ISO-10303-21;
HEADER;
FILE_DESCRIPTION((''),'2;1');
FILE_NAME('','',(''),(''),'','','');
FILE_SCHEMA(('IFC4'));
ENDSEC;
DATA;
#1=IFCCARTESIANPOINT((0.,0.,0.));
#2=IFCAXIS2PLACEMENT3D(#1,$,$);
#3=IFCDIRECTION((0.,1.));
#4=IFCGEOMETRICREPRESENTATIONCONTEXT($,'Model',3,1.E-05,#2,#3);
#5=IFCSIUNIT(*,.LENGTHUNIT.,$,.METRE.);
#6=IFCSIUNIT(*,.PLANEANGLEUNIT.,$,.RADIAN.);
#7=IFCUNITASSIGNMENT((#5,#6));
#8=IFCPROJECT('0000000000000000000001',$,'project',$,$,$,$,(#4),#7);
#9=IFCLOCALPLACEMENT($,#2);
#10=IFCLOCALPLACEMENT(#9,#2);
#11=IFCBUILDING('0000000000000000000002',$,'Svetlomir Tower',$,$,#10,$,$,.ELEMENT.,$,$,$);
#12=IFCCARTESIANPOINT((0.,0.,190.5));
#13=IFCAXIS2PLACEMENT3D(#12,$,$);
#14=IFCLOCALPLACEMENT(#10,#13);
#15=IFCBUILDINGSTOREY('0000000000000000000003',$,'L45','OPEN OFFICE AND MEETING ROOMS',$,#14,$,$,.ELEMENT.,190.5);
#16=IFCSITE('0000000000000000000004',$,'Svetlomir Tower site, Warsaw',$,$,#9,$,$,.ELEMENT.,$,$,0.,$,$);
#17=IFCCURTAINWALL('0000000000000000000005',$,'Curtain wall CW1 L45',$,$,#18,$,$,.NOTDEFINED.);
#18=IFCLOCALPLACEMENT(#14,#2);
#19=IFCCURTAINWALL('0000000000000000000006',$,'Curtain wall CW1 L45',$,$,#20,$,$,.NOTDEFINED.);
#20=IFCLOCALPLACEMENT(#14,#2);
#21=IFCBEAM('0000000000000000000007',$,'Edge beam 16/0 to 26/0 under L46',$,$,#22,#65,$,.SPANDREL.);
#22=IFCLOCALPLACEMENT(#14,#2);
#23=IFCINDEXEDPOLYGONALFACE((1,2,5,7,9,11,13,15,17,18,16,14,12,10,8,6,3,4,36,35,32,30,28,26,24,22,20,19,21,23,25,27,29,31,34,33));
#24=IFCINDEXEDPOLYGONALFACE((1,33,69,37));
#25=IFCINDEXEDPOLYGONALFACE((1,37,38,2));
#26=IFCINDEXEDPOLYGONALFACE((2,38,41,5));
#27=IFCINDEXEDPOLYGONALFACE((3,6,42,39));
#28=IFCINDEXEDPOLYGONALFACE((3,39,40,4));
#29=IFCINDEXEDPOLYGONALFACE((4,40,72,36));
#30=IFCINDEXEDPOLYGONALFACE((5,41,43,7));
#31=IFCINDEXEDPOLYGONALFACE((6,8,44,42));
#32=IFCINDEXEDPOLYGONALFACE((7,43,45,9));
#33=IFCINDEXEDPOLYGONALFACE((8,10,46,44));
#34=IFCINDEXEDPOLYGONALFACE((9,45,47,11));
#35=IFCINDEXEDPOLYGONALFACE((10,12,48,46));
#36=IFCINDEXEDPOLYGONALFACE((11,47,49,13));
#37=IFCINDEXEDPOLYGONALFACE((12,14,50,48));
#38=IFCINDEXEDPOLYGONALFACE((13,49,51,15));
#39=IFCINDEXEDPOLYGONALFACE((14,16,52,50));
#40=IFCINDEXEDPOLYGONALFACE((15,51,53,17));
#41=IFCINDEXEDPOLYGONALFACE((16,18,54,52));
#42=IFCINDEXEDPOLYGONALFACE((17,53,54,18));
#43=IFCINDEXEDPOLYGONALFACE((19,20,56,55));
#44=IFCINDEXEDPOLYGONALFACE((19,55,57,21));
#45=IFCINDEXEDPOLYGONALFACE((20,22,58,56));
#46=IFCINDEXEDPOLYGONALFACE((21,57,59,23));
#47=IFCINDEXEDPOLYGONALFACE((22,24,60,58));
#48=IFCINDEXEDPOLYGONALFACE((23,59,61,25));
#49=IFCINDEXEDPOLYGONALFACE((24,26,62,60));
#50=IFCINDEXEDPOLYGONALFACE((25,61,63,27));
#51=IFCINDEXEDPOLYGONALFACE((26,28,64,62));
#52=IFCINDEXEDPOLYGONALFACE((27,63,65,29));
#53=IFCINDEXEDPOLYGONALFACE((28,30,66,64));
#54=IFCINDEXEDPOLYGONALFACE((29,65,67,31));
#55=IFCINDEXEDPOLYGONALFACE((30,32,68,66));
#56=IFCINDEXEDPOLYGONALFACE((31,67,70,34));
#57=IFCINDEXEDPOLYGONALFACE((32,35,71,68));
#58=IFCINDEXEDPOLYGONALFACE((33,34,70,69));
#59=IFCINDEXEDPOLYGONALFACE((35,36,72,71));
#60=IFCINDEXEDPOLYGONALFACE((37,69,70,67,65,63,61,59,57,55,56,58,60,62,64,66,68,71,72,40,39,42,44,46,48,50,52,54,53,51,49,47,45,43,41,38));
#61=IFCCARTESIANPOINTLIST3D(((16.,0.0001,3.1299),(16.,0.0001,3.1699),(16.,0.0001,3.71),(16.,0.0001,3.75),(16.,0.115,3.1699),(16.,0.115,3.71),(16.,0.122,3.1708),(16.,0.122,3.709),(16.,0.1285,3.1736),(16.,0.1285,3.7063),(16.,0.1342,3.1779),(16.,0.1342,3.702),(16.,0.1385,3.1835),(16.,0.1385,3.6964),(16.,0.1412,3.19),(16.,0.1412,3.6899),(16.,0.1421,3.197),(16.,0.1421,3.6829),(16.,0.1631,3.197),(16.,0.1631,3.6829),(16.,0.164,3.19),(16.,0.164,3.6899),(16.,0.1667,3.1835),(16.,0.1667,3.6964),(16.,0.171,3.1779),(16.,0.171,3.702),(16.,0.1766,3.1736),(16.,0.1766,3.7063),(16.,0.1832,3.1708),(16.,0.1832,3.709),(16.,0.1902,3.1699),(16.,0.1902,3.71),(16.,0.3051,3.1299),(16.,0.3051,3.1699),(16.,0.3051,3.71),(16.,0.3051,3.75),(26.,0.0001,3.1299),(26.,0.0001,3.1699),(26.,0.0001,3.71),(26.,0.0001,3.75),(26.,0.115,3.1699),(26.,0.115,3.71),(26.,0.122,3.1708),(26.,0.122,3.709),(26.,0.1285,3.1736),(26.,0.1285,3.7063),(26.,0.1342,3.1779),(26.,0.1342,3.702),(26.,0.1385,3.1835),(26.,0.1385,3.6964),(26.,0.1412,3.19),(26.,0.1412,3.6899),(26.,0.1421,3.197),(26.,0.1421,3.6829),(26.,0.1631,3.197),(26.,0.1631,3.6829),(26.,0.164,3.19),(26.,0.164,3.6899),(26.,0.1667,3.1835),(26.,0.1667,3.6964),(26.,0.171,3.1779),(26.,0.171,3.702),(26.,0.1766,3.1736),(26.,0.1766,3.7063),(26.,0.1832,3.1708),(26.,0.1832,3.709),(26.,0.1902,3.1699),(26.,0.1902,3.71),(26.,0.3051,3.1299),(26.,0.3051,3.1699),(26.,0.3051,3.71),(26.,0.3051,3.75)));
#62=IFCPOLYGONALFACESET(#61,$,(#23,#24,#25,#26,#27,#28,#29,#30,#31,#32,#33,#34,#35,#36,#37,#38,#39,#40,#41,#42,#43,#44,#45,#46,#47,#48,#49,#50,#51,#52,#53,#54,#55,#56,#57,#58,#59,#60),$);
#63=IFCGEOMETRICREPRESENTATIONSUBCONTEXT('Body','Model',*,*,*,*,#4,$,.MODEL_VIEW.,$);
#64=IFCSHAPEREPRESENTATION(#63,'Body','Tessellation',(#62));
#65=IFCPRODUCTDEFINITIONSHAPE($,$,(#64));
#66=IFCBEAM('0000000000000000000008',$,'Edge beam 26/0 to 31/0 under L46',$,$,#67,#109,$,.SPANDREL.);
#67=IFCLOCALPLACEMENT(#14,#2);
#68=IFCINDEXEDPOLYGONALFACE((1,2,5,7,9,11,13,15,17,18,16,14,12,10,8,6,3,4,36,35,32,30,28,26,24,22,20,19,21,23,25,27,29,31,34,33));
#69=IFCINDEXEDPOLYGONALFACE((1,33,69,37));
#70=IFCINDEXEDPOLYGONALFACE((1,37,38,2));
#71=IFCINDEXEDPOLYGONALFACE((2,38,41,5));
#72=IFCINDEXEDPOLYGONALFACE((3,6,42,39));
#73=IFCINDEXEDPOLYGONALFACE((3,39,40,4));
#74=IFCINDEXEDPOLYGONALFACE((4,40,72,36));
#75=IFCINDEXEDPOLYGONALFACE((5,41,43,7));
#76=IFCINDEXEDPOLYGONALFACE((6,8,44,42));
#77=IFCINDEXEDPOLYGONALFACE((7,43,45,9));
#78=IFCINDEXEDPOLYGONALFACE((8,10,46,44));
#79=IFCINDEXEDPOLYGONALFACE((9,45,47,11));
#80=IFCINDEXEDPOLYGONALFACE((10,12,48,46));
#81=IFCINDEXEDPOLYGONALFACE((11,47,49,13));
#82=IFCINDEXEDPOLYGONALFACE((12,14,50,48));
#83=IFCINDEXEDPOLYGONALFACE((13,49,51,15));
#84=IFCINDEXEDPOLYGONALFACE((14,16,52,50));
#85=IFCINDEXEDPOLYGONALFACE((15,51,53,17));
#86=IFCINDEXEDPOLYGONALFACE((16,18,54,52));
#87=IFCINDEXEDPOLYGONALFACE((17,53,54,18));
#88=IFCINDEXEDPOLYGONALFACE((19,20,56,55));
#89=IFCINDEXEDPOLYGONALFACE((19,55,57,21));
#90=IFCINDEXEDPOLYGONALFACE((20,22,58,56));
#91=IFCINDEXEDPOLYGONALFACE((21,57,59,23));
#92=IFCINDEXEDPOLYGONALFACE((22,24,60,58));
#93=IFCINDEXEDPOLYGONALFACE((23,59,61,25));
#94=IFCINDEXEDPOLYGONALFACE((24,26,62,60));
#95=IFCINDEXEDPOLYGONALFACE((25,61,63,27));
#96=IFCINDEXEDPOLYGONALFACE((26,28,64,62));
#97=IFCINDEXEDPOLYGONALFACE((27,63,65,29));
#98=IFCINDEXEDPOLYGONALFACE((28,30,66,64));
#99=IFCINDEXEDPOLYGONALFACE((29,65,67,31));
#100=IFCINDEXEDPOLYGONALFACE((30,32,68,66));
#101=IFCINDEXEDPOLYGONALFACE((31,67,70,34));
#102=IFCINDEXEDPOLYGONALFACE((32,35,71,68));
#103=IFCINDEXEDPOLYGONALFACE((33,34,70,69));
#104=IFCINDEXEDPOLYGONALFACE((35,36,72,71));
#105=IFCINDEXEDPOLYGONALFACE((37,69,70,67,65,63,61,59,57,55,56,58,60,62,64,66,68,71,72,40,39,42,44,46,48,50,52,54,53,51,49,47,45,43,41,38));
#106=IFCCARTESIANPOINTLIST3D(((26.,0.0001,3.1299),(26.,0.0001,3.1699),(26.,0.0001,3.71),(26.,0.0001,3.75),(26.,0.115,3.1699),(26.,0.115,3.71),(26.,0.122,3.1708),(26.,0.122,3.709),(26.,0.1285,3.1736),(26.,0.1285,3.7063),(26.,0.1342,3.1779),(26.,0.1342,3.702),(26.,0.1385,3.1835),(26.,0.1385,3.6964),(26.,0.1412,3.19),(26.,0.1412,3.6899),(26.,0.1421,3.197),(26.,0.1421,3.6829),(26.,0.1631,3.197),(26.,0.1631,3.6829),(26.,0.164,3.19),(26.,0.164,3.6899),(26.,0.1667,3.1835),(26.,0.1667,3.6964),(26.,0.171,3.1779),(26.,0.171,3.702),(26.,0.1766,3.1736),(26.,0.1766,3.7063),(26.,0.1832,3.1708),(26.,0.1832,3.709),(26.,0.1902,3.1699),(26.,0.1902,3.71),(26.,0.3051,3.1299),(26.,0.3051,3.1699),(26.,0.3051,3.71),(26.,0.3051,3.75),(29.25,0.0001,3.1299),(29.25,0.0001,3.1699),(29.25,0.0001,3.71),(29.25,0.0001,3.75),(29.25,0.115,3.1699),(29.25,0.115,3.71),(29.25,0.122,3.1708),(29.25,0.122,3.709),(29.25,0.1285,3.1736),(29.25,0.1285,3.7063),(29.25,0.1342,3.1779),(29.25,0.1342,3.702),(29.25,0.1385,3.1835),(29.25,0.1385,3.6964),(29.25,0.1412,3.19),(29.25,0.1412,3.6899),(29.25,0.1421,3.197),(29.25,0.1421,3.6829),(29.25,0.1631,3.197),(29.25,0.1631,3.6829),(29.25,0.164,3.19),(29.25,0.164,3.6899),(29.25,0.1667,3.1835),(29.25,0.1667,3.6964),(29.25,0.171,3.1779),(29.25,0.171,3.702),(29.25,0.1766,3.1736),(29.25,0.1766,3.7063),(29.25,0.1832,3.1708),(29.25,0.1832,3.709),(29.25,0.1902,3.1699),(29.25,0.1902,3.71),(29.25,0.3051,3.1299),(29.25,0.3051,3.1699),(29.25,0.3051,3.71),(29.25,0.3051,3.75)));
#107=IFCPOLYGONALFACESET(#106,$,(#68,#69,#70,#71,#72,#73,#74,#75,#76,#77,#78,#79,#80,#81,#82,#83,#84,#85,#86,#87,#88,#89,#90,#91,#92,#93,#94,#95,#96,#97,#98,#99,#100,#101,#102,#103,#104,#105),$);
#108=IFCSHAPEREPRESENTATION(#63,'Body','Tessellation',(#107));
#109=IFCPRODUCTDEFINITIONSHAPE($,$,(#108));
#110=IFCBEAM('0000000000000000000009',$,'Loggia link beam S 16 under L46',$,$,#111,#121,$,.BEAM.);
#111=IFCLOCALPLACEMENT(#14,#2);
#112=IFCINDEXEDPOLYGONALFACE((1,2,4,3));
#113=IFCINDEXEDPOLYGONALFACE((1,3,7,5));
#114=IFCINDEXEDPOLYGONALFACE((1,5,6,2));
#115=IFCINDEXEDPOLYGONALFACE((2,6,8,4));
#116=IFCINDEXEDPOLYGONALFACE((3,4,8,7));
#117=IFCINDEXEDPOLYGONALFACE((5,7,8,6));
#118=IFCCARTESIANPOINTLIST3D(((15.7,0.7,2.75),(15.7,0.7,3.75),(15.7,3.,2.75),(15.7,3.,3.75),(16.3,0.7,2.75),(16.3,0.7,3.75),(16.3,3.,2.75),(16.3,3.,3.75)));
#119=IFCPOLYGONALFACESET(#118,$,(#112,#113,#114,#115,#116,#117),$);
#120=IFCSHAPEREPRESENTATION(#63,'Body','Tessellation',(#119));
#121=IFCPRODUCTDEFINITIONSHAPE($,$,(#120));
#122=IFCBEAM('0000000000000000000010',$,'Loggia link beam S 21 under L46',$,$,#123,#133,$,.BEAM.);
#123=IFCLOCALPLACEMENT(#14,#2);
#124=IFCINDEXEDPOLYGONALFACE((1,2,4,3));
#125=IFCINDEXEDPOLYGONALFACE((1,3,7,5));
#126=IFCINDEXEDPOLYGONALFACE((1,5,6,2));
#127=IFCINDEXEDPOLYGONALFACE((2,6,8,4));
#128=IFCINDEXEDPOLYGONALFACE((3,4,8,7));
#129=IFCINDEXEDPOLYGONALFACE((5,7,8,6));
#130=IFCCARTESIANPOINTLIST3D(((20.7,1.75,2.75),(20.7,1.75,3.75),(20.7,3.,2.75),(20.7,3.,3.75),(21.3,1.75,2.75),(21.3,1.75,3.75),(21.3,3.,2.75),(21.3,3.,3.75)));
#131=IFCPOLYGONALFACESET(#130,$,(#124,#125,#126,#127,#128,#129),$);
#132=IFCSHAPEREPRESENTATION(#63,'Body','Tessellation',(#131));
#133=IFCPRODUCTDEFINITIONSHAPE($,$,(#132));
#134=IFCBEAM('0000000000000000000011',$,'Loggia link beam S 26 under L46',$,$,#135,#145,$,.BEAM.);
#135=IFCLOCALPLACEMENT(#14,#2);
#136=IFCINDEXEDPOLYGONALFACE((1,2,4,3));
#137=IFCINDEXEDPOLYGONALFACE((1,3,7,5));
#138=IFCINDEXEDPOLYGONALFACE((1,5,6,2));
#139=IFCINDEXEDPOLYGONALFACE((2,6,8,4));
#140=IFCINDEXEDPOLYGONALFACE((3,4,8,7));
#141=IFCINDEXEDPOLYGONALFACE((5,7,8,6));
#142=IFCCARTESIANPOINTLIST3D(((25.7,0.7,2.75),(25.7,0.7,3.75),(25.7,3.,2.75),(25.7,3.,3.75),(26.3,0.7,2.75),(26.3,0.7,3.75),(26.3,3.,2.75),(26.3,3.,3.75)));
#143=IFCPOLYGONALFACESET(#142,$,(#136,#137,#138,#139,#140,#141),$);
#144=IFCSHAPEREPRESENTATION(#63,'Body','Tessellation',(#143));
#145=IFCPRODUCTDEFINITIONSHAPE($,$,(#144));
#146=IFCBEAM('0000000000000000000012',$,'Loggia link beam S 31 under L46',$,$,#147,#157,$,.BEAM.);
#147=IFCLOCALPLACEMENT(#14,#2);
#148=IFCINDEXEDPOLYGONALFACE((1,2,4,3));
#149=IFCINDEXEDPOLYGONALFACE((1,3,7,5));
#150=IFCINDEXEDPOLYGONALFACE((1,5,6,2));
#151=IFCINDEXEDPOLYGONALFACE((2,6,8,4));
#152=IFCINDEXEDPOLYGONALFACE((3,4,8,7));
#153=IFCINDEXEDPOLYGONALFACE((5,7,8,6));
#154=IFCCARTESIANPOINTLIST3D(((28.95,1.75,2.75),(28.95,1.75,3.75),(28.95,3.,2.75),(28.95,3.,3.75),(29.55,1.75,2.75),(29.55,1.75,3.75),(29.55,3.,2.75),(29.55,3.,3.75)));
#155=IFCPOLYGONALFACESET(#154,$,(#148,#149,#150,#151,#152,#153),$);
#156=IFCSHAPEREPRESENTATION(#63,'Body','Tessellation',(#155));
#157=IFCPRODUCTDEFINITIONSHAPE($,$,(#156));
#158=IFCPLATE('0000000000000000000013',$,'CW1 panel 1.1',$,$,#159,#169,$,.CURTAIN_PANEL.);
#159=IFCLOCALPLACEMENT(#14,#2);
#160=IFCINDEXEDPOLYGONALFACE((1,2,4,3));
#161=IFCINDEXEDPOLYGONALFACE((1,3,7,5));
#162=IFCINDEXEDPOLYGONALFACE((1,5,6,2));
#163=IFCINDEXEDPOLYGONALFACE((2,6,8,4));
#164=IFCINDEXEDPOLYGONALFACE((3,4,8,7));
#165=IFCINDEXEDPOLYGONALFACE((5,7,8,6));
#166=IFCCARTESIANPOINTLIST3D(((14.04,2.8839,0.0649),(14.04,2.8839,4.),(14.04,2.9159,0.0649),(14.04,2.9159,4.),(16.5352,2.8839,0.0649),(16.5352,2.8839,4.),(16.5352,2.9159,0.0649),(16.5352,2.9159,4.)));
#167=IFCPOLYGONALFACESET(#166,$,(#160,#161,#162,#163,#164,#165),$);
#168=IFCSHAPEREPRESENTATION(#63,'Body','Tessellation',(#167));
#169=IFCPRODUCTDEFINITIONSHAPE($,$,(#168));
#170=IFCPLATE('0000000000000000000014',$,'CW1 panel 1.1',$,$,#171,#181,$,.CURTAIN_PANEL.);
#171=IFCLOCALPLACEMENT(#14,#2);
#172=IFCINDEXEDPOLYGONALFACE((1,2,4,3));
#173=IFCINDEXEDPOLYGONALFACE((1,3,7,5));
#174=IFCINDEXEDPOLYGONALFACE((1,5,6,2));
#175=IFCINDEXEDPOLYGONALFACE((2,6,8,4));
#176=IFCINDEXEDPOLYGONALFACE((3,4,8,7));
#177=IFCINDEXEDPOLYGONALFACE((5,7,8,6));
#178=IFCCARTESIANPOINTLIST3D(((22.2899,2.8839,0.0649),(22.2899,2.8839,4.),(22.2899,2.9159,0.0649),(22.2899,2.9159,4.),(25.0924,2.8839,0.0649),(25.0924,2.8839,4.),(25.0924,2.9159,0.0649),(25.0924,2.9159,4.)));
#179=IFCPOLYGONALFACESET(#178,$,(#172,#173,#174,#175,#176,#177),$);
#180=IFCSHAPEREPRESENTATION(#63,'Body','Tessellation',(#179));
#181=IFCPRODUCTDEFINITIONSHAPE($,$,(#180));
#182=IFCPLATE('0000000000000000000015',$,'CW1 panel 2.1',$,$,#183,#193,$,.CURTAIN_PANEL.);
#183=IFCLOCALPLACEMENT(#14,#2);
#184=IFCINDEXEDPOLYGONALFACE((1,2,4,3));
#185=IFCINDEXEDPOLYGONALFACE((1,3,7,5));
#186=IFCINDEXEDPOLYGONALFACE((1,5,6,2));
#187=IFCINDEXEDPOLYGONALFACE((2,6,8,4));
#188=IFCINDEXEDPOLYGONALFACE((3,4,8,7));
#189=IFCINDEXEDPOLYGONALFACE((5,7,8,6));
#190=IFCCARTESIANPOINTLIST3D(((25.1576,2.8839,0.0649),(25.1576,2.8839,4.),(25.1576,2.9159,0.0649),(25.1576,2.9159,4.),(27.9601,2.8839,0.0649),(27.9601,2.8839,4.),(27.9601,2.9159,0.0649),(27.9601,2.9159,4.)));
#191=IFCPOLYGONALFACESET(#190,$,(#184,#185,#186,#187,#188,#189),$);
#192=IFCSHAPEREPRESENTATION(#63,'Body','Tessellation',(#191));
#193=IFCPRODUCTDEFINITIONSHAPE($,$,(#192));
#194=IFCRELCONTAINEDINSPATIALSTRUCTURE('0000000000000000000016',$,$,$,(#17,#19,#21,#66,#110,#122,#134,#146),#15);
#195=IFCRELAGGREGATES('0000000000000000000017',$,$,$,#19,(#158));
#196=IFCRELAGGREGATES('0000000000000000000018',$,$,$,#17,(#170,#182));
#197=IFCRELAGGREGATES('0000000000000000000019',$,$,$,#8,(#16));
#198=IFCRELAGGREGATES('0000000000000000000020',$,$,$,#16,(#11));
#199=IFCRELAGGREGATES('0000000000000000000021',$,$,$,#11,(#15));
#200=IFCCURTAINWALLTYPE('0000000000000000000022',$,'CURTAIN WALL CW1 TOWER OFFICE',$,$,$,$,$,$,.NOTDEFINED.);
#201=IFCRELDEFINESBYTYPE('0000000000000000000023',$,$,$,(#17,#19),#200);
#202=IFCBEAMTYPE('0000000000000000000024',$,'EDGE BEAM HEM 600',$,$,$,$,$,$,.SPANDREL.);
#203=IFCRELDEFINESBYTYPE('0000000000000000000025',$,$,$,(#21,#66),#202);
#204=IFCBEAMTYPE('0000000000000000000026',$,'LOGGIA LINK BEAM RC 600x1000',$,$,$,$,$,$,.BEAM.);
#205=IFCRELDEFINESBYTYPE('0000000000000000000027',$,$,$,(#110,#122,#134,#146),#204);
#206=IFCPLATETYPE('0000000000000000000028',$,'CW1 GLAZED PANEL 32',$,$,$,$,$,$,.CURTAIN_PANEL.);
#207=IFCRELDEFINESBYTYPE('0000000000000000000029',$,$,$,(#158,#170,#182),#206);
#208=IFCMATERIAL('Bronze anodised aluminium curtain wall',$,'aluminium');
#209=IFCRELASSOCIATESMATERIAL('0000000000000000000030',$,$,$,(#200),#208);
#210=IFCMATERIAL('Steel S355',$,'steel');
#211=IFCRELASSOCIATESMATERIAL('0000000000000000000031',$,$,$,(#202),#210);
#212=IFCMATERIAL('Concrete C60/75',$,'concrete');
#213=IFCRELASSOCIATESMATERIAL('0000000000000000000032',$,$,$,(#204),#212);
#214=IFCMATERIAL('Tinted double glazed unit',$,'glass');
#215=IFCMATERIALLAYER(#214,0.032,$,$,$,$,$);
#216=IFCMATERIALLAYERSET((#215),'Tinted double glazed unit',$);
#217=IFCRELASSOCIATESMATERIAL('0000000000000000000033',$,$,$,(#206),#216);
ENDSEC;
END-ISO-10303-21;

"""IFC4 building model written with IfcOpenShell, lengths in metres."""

from ifc_helpers import new_model, si_unit, direction, frame, origin, origin_2d, place, context, subcontext, project, spatial, rectangle, i_section, extrude, material, layer, layer_set, material_profile, profile_set, type_object, element, aggregate, save


model = new_model("IFC4")

# Units and contexts
model_context = context("Model", 3, precision=1e-05, world=origin(), true_north=direction((0.0, 1.0)))
body_context = subcontext(model_context, "Body", "Model", "MODEL_VIEW")
ifc_project = project(units=[si_unit("LENGTHUNIT", "METRE"), si_unit("PLANEANGLEUNIT", "RADIAN")], contexts=[model_context])

# Site, building, storey
site_placement = place(None, origin())
site = spatial("IfcSite", under=ifc_project, at=site_placement, Name="Svetlomir Tower site, Warsaw", CompositionType="ELEMENT", RefElevation=0.0)
building_placement = place(site_placement, origin())
building = spatial("IfcBuilding", under=site, at=building_placement, Name="Svetlomir Tower", CompositionType="ELEMENT")
storey_placement = place(building_placement, frame((0.0, 0.0, 190.5)))
storey = spatial("IfcBuildingStorey", under=building, at=storey_placement, Name="L45", Description="OPEN OFFICE AND MEETING ROOMS", CompositionType="ELEMENT", Elevation=190.5)

# Curtain walls
ifc_material_1 = material(Name="Bronze anodised aluminium curtain wall", Category="aluminium")
curtain_wall_type = type_object("IfcCurtainWallType", Name="CURTAIN WALL CW1 TOWER OFFICE", PredefinedType="NOTDEFINED", material=ifc_material_1)
curtain_wall_1_placement = place(storey_placement, origin())
curtain_wall_1 = element("IfcCurtainWall", 1, at=curtain_wall_1_placement, inside=storey, type_object=curtain_wall_type, Name="Curtain wall CW1 L45", PredefinedType="NOTDEFINED")
curtain_wall_2_placement = place(storey_placement, origin())
curtain_wall_2 = element("IfcCurtainWall", 2, at=curtain_wall_2_placement, inside=storey, type_object=curtain_wall_type, Name="Curtain wall CW1 L45", PredefinedType="NOTDEFINED")

# Beams
ifc_material_2 = material(Name="Steel S355", Category="steel")
ifc_material_profile_1 = material_profile(ifc_material_2, i_section(OverallWidth=0.3049, OverallDepth=0.6201, WebThickness=0.021, FlangeThickness=0.04, FilletRadius=0.0271, at=origin_2d()), Name="HEM 600")
ifc_profile_set_1 = profile_set([ifc_material_profile_1], Name="Steel S355")
beam_type_1 = type_object("IfcBeamType", Name="EDGE BEAM HEM 600", PredefinedType="SPANDREL", material=ifc_profile_set_1)
beam_1_placement = place(storey_placement, frame((16.0, 0.1526, 3.4399), z_axis=(1.0, 0.0, 0.0), x_axis=(0.0, 1.0, 0.0)))
element("IfcBeam", 3, at=beam_1_placement, inside=storey, type_object=beam_type_1, Name="Edge beam 16/0 to 26/0 under L46", PredefinedType="SPANDREL", context=body_context, shape_type="SweptSolid", body=[
    extrude(i_section(OverallWidth=0.3049, OverallDepth=0.6201, WebThickness=0.021, FlangeThickness=0.04, FilletRadius=0.0271, at=origin_2d()), origin(), (0.0, 0.0, 1.0), 10.0),
])
beam_2_placement = place(storey_placement, frame((26.0, 0.1526, 3.4399), z_axis=(1.0, 0.0, 0.0), x_axis=(0.0, 1.0, 0.0)))
element("IfcBeam", 4, at=beam_2_placement, inside=storey, type_object=beam_type_1, Name="Edge beam 26/0 to 31/0 under L46", PredefinedType="SPANDREL", context=body_context, shape_type="SweptSolid", body=[
    extrude(i_section(OverallWidth=0.3049, OverallDepth=0.6201, WebThickness=0.021, FlangeThickness=0.04, FilletRadius=0.0271, at=origin_2d()), origin(), (0.0, 0.0, 1.0), 3.25),
])
ifc_material_3 = material(Name="Concrete C60/75", Category="concrete")
ifc_material_profile_2 = material_profile(ifc_material_3, rectangle(XDim=0.6001, YDim=1.0, at=origin_2d()), Name="RC 600x1000")
ifc_profile_set_2 = profile_set([ifc_material_profile_2], Name="Concrete C60/75")
beam_type_2 = type_object("IfcBeamType", Name="LOGGIA LINK BEAM RC 600x1000", PredefinedType="BEAM", material=ifc_profile_set_2)
beam_3_placement = place(storey_placement, frame((16.0, 0.7, 3.25), z_axis=(0.0, 1.0, 0.0), x_axis=(-1.0, 0.0, 0.0)))
element("IfcBeam", 5, at=beam_3_placement, inside=storey, type_object=beam_type_2, Name="Loggia link beam S 16 under L46", PredefinedType="BEAM", context=body_context, shape_type="SweptSolid", body=[
    extrude(rectangle(XDim=0.6001, YDim=1.0, at=origin_2d()), origin(), (0.0, 0.0, 1.0), 2.3),
])
beam_4_placement = place(storey_placement, frame((21.0, 1.75, 3.25), z_axis=(0.0, 1.0, 0.0), x_axis=(-1.0, 0.0, 0.0)))
element("IfcBeam", 6, at=beam_4_placement, inside=storey, type_object=beam_type_2, Name="Loggia link beam S 21 under L46", PredefinedType="BEAM", context=body_context, shape_type="SweptSolid", body=[
    extrude(rectangle(XDim=0.6001, YDim=1.0, at=origin_2d()), origin(), (0.0, 0.0, 1.0), 1.25),
])
beam_5_placement = place(storey_placement, frame((26.0, 0.7, 3.25), z_axis=(0.0, 1.0, 0.0), x_axis=(-1.0, 0.0, 0.0)))
element("IfcBeam", 7, at=beam_5_placement, inside=storey, type_object=beam_type_2, Name="Loggia link beam S 26 under L46", PredefinedType="BEAM", context=body_context, shape_type="SweptSolid", body=[
    extrude(rectangle(XDim=0.6001, YDim=1.0, at=origin_2d()), origin(), (0.0, 0.0, 1.0), 2.3),
])
beam_6_placement = place(storey_placement, frame((29.25, 1.75, 3.25), z_axis=(0.0, 1.0, 0.0), x_axis=(-1.0, 0.0, 0.0)))
element("IfcBeam", 8, at=beam_6_placement, inside=storey, type_object=beam_type_2, Name="Loggia link beam S 31 under L46", PredefinedType="BEAM", context=body_context, shape_type="SweptSolid", body=[
    extrude(rectangle(XDim=0.6001, YDim=1.0, at=origin_2d()), origin(), (0.0, 0.0, 1.0), 1.25),
])

# Plates
ifc_material_4 = material(Name="Tinted double glazed unit", Category="glass")
ifc_layer_1 = layer(ifc_material_4, 0.032)
ifc_layer_set_1 = layer_set([ifc_layer_1], Name="Tinted double glazed unit")
plate_type = type_object("IfcPlateType", Name="CW1 GLAZED PANEL 32", PredefinedType="CURTAIN_PANEL", material=ifc_layer_set_1)
plate_1_placement = place(storey_placement, frame((15.2876, 2.8999, 0.0649), z_axis=(0.0, 0.0, 1.0), x_axis=(1.0, 0.0, 0.0)))
plate_1 = element("IfcPlate", 9, at=plate_1_placement, type_object=plate_type, Name="CW1 panel 1.1", PredefinedType="CURTAIN_PANEL", context=body_context, shape_type="SweptSolid", body=[
    extrude(rectangle(XDim=2.4951, YDim=0.032, at=origin_2d()), origin(), (0.0, 0.0, 1.0), 3.9351),
])
aggregate(curtain_wall_2, [plate_1])
plate_2_placement = place(storey_placement, frame((23.6912, 2.8999, 0.0649), z_axis=(0.0, 0.0, 1.0), x_axis=(1.0, 0.0, 0.0)))
plate_2 = element("IfcPlate", 10, at=plate_2_placement, type_object=plate_type, Name="CW1 panel 1.1", PredefinedType="CURTAIN_PANEL", context=body_context, shape_type="SweptSolid", body=[
    extrude(rectangle(XDim=2.8025, YDim=0.032, at=origin_2d()), origin(), (0.0, 0.0, 1.0), 3.9351),
])
plate_3_placement = place(storey_placement, frame((26.5588, 2.8999, 0.0649), z_axis=(0.0, 0.0, 1.0), x_axis=(1.0, 0.0, 0.0)))
plate_3 = element("IfcPlate", 11, at=plate_3_placement, type_object=plate_type, Name="CW1 panel 2.1", PredefinedType="CURTAIN_PANEL", context=body_context, shape_type="SweptSolid", body=[
    extrude(rectangle(XDim=2.8025, YDim=0.032, at=origin_2d()), origin(), (0.0, 0.0, 1.0), 3.9351),
])
aggregate(curtain_wall_1, [plate_2, plate_3])

save(model, "model.ifc")
